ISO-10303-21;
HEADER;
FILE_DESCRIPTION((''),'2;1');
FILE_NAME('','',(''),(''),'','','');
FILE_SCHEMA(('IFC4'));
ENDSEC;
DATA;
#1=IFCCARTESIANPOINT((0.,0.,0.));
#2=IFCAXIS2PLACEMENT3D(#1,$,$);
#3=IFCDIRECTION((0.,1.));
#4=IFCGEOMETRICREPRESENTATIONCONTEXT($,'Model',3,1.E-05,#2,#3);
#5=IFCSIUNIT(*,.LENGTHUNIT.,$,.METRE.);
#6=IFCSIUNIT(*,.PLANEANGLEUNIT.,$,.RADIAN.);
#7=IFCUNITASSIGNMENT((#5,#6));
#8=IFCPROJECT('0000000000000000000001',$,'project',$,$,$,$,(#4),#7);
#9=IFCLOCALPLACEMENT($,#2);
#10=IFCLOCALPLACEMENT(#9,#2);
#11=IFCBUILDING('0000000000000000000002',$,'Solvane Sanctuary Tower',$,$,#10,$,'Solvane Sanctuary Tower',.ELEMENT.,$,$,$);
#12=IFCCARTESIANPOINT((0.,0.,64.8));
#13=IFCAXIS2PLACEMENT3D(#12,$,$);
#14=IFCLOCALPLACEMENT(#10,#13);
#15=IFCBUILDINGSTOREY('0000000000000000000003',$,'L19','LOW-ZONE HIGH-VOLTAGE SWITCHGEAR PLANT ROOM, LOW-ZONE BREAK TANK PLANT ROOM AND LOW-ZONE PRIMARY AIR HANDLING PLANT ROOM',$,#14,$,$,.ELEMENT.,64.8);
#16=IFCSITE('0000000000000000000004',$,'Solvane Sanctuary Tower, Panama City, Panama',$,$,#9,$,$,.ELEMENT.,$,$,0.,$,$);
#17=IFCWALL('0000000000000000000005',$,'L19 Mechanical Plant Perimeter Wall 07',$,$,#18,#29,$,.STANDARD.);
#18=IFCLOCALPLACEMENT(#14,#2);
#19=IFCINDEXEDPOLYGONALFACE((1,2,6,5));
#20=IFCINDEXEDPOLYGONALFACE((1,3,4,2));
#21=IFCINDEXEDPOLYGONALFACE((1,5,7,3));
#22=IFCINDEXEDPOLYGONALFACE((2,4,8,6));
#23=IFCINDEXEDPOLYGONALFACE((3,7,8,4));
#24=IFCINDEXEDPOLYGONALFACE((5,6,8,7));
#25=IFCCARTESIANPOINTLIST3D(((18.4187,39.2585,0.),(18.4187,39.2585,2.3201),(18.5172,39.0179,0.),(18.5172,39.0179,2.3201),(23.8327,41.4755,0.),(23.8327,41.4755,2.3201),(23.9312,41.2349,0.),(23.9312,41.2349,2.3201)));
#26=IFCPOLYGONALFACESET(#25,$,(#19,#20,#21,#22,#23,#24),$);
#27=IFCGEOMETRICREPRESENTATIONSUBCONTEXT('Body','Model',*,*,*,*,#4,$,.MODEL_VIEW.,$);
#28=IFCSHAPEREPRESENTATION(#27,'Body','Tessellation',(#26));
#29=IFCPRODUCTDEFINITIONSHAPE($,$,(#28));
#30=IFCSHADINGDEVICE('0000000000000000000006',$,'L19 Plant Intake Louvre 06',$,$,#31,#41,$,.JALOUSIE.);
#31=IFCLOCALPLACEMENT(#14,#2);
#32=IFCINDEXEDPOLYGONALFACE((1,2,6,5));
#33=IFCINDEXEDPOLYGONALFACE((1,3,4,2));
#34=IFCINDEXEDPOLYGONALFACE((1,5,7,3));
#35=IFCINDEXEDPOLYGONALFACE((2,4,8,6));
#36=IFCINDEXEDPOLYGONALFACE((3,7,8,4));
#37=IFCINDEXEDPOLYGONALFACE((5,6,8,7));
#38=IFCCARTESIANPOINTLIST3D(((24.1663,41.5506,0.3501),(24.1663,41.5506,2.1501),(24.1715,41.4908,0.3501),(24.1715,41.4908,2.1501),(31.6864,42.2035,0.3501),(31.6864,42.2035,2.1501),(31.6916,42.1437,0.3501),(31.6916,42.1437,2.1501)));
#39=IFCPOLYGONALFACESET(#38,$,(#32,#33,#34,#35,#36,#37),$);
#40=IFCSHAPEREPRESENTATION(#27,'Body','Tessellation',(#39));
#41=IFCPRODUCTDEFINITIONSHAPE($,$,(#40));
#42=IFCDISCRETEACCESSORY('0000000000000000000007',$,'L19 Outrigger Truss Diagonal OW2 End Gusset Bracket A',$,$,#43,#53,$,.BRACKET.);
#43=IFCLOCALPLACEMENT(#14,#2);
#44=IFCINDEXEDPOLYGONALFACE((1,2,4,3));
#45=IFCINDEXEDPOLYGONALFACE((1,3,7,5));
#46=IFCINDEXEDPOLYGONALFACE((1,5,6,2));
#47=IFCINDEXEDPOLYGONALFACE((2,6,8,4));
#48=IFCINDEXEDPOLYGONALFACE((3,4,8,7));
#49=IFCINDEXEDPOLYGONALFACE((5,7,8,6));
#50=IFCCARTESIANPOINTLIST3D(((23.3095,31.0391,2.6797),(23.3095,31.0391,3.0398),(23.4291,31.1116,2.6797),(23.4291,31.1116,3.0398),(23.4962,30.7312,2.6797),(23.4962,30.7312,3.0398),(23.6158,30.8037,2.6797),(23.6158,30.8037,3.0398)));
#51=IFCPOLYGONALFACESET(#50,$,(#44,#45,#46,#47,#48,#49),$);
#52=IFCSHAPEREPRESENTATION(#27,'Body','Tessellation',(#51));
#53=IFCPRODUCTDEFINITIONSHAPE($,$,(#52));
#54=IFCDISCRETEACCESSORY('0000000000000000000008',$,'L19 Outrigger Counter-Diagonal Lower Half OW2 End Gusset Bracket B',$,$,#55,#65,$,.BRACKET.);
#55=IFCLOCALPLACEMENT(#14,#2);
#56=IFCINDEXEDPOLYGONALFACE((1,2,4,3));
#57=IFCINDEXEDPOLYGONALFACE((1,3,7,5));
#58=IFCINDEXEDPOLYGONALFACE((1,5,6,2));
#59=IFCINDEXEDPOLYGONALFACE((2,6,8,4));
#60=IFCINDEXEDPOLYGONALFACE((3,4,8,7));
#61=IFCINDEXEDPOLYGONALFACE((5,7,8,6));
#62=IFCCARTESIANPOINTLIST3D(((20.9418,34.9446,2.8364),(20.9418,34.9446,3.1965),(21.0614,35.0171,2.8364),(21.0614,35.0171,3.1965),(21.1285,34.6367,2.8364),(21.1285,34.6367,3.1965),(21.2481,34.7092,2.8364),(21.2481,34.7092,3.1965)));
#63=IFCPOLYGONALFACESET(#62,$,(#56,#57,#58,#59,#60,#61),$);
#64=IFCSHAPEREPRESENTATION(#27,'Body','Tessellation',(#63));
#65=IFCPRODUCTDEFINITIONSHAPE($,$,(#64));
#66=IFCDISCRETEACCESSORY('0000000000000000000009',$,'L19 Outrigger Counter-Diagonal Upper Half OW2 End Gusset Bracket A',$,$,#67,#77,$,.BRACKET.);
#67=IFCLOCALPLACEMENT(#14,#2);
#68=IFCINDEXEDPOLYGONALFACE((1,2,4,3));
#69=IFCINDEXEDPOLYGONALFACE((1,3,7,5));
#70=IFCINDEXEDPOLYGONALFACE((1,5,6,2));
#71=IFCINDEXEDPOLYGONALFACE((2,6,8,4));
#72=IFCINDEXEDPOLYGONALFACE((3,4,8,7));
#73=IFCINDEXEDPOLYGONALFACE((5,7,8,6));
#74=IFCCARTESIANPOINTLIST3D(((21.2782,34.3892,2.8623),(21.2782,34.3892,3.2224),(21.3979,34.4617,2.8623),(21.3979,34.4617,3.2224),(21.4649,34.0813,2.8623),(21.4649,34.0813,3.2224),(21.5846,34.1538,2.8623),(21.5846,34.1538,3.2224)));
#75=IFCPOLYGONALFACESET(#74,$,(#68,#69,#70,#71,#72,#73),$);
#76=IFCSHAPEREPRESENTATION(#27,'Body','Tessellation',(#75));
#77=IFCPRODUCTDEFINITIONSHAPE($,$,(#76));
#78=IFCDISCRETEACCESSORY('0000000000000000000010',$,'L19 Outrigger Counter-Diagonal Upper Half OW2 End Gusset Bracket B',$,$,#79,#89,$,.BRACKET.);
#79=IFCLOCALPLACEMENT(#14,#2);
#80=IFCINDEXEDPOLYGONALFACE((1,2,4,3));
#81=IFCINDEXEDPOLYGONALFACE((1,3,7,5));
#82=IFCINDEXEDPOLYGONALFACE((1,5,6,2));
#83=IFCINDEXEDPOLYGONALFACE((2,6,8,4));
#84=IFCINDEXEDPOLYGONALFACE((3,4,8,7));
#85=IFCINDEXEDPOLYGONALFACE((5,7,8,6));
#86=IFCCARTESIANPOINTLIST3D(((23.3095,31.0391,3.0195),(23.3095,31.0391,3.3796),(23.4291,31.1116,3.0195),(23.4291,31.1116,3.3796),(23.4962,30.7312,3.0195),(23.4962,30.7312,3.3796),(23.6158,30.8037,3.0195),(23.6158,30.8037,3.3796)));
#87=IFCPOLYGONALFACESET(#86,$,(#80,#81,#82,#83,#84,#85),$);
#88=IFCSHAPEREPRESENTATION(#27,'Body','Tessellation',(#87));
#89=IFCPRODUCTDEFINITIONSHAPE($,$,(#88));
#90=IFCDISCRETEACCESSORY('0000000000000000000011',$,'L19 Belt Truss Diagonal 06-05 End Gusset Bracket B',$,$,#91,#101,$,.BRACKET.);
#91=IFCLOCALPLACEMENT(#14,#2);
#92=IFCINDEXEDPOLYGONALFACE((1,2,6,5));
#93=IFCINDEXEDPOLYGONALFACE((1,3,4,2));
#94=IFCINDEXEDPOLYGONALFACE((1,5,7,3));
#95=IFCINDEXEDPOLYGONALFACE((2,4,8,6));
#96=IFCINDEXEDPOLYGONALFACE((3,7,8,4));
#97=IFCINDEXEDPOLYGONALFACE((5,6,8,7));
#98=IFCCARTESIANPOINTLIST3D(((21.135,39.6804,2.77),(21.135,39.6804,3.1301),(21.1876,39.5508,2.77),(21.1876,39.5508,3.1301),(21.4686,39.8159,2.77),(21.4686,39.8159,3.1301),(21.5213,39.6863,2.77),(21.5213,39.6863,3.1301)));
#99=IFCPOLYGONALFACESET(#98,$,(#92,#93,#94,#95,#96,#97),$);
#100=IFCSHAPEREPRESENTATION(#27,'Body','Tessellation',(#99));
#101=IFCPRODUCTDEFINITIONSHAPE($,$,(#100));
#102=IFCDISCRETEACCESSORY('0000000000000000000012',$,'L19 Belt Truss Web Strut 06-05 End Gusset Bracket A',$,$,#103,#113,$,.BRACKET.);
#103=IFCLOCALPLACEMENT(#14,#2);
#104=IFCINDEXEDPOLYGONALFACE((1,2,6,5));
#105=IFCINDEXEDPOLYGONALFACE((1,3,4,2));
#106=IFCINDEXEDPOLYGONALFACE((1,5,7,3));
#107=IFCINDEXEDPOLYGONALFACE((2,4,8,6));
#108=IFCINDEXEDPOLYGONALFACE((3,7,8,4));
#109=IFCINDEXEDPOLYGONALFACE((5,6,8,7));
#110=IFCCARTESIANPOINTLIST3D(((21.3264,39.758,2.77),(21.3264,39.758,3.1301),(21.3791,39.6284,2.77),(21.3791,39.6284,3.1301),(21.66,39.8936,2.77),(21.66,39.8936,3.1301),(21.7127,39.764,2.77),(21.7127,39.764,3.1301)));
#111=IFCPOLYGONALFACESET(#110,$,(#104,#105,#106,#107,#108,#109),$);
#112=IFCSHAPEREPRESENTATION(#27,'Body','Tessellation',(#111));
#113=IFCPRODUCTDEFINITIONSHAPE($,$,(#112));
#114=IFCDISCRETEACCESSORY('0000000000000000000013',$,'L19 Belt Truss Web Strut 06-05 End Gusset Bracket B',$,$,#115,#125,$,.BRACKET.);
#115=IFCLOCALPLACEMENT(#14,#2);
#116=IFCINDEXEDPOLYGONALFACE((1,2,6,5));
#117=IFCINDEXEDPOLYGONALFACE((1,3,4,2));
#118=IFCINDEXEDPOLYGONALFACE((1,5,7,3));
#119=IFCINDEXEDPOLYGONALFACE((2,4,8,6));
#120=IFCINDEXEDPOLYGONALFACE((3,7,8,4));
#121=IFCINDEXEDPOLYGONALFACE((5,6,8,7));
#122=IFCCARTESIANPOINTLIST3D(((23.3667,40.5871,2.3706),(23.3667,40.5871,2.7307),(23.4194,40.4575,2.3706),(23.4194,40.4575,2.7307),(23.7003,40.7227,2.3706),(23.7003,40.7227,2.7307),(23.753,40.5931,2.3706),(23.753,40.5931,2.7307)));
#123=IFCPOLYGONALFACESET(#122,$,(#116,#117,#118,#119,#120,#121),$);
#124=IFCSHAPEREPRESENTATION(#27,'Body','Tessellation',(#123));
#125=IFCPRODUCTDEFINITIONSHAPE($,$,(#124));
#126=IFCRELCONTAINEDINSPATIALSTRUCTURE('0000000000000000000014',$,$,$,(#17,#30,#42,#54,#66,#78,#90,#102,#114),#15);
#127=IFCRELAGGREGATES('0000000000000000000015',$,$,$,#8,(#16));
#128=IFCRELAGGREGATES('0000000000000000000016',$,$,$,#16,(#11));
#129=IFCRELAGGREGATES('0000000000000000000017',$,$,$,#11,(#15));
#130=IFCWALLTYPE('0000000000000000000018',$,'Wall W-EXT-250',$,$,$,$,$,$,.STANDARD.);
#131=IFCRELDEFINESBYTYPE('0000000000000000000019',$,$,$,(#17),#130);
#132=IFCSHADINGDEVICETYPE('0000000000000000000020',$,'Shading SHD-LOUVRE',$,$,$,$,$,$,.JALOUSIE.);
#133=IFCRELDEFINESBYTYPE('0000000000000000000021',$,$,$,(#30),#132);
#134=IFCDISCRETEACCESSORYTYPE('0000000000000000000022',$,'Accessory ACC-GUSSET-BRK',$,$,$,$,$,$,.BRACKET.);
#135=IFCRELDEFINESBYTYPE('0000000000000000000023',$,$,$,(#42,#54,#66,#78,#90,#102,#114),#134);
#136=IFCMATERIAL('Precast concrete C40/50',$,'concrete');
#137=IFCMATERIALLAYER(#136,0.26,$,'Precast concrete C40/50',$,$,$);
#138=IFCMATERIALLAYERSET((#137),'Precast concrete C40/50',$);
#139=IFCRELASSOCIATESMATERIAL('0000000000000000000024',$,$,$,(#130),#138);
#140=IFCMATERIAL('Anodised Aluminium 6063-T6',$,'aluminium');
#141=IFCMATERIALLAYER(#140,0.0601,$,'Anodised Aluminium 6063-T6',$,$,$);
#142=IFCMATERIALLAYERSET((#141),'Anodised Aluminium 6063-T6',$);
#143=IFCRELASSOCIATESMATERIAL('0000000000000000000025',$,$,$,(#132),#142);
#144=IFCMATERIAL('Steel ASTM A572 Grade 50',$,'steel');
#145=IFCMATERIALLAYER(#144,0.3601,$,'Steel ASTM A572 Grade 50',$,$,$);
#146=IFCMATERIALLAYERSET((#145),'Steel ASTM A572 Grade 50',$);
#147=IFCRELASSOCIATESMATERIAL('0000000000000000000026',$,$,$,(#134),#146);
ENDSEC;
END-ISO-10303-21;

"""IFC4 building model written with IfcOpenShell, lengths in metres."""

from ifc_helpers import new_model, si_unit, direction, frame, frame_2d, origin, origin_2d, place, context, subcontext, project, spatial, rectangle, extrude, material, layer, layer_set, type_object, element, save


model = new_model("IFC4")

# Units and contexts
model_context = context("Model", 3, precision=1e-05, world=origin(), true_north=direction((0.0, 1.0)))
body_context = subcontext(model_context, "Body", "Model", "MODEL_VIEW")
ifc_project = project(units=[si_unit("LENGTHUNIT", "METRE"), si_unit("PLANEANGLEUNIT", "RADIAN")], contexts=[model_context])

# Site, building, storey
site_placement = place(None, origin())
site = spatial("IfcSite", under=ifc_project, at=site_placement, Name="Solvane Sanctuary Tower, Panama City, Panama", CompositionType="ELEMENT", RefElevation=0.0)
building_placement = place(site_placement, origin())
building = spatial("IfcBuilding", under=site, at=building_placement, Name="Solvane Sanctuary Tower", LongName="Solvane Sanctuary Tower", CompositionType="ELEMENT")
storey_placement = place(building_placement, frame((0.0, 0.0, 64.8)))
storey = spatial("IfcBuildingStorey", under=building, at=storey_placement, Name="L19", Description="LOW-ZONE HIGH-VOLTAGE SWITCHGEAR PLANT ROOM, LOW-ZONE BREAK TANK PLANT ROOM AND LOW-ZONE PRIMARY AIR HANDLING PLANT ROOM", CompositionType="ELEMENT", Elevation=64.8)

# Shared definitions
ifc_material_1 = material(Name="Steel ASTM A572 Grade 50", Category="steel")

# Wall
ifc_material_2 = material(Name="Precast concrete C40/50", Category="concrete")
ifc_layer_1 = layer(ifc_material_2, 0.26, Name="Precast concrete C40/50")
ifc_layer_set_1 = layer_set([ifc_layer_1], Name="Precast concrete C40/50")
wall_type_1 = type_object("IfcWallType", Name="Wall W-EXT-250", PredefinedType="STANDARD", material=ifc_layer_set_1)
wall_1_placement = place(storey_placement, frame((23.8821, 41.3552, 0.0), z_axis=(0.0, 0.0, 1.0), x_axis=(-0.925415, -0.378955, 0.0)))
element("IfcWall", 1, at=wall_1_placement, inside=storey, type_object=wall_type_1, Name="L19 Mechanical Plant Perimeter Wall 07", PredefinedType="STANDARD", context=body_context, shape_type="SweptSolid", body=[
    extrude(rectangle(XDim=5.8503, YDim=0.26, at=frame_2d((2.9253, 0.0))), origin(), (0.0, 0.0, 1.0), 2.3201),
])

# Shading device
ifc_material_3 = material(Name="Anodised Aluminium 6063-T6", Category="aluminium")
ifc_layer_2 = layer(ifc_material_3, 0.0601, Name="Anodised Aluminium 6063-T6")
ifc_layer_set_2 = layer_set([ifc_layer_2], Name="Anodised Aluminium 6063-T6")
shading_device_type = type_object("IfcShadingDeviceType", Name="Shading SHD-LOUVRE", PredefinedType="JALOUSIE", material=ifc_layer_set_2)
shading_device_placement = place(storey_placement, frame((27.929, 41.8472, 0.3501), z_axis=(0.0, 0.0, 1.0), x_axis=(-0.996252, -0.086495, 0.0)))
element("IfcShadingDevice", 2, at=shading_device_placement, inside=storey, type_object=shading_device_type, Name="L19 Plant Intake Louvre 06", PredefinedType="JALOUSIE", context=body_context, shape_type="SweptSolid", body=[
    extrude(rectangle(XDim=7.5483, YDim=0.0601, at=origin_2d()), origin(), (0.0, 0.0, 1.0), 1.8),
])

# Discrete accessories
ifc_layer_3 = layer(ifc_material_1, 0.3601, Name="Steel ASTM A572 Grade 50")
ifc_layer_set_3 = layer_set([ifc_layer_3], Name="Steel ASTM A572 Grade 50")
discrete_accessory_type = type_object("IfcDiscreteAccessoryType", Name="Accessory ACC-GUSSET-BRK", PredefinedType="BRACKET", material=ifc_layer_set_3)
for number, where, z_axis, x_axis, name in (
    (3, (23.4626, 30.9214, 2.6797), (0.0, 0.0, 1.0), (-0.518475, 0.855093, 0.0), "L19 Outrigger Truss Diagonal OW2 End Gusset Bracket A"),
    (4, (21.095, 34.8269, 2.8364), (0.0, 0.0, 1.0), (0.518475, -0.855093, 0.0), "L19 Outrigger Counter-Diagonal Lower Half OW2 End Gusset Bracket B"),
    (5, (21.4314, 34.2715, 2.8623), (0.0, 0.0, 1.0), (0.518475, -0.855093, 0.0), "L19 Outrigger Counter-Diagonal Upper Half OW2 End Gusset Bracket A"),
    (6, (23.4626, 30.9214, 3.0195), (0.0, 0.0, 1.0), (0.518475, -0.855093, 0.0), "L19 Outrigger Counter-Diagonal Upper Half OW2 End Gusset Bracket B"),
    (7, (21.3281, 39.6833, 2.77), (0.0, 0.0, 1.0), (0.926463, 0.376386, 0.0), "L19 Belt Truss Diagonal 06-05 End Gusset Bracket B"),
    (8, (21.5195, 39.761, 2.77), (0.0, 0.0, 1.0), (0.926397, 0.376548, 0.0), "L19 Belt Truss Web Strut 06-05 End Gusset Bracket A"),
    (9, (23.5598, 40.5901, 2.3706), (0.0, 0.0, 1.0), (0.926397, 0.376548, 0.0), "L19 Belt Truss Web Strut 06-05 End Gusset Bracket B"),
):
    element("IfcDiscreteAccessory", number, at=place(storey_placement, frame(where, z_axis=z_axis, x_axis=x_axis)), inside=storey, type_object=discrete_accessory_type, Name=name, PredefinedType="BRACKET", context=body_context, shape_type="SweptSolid", body=[
        extrude(rectangle(XDim=0.3601, YDim=0.1399, at=origin_2d()), origin(), (0.0, 0.0, 1.0), 0.3601),
    ])

save(model, "model.ifc")
